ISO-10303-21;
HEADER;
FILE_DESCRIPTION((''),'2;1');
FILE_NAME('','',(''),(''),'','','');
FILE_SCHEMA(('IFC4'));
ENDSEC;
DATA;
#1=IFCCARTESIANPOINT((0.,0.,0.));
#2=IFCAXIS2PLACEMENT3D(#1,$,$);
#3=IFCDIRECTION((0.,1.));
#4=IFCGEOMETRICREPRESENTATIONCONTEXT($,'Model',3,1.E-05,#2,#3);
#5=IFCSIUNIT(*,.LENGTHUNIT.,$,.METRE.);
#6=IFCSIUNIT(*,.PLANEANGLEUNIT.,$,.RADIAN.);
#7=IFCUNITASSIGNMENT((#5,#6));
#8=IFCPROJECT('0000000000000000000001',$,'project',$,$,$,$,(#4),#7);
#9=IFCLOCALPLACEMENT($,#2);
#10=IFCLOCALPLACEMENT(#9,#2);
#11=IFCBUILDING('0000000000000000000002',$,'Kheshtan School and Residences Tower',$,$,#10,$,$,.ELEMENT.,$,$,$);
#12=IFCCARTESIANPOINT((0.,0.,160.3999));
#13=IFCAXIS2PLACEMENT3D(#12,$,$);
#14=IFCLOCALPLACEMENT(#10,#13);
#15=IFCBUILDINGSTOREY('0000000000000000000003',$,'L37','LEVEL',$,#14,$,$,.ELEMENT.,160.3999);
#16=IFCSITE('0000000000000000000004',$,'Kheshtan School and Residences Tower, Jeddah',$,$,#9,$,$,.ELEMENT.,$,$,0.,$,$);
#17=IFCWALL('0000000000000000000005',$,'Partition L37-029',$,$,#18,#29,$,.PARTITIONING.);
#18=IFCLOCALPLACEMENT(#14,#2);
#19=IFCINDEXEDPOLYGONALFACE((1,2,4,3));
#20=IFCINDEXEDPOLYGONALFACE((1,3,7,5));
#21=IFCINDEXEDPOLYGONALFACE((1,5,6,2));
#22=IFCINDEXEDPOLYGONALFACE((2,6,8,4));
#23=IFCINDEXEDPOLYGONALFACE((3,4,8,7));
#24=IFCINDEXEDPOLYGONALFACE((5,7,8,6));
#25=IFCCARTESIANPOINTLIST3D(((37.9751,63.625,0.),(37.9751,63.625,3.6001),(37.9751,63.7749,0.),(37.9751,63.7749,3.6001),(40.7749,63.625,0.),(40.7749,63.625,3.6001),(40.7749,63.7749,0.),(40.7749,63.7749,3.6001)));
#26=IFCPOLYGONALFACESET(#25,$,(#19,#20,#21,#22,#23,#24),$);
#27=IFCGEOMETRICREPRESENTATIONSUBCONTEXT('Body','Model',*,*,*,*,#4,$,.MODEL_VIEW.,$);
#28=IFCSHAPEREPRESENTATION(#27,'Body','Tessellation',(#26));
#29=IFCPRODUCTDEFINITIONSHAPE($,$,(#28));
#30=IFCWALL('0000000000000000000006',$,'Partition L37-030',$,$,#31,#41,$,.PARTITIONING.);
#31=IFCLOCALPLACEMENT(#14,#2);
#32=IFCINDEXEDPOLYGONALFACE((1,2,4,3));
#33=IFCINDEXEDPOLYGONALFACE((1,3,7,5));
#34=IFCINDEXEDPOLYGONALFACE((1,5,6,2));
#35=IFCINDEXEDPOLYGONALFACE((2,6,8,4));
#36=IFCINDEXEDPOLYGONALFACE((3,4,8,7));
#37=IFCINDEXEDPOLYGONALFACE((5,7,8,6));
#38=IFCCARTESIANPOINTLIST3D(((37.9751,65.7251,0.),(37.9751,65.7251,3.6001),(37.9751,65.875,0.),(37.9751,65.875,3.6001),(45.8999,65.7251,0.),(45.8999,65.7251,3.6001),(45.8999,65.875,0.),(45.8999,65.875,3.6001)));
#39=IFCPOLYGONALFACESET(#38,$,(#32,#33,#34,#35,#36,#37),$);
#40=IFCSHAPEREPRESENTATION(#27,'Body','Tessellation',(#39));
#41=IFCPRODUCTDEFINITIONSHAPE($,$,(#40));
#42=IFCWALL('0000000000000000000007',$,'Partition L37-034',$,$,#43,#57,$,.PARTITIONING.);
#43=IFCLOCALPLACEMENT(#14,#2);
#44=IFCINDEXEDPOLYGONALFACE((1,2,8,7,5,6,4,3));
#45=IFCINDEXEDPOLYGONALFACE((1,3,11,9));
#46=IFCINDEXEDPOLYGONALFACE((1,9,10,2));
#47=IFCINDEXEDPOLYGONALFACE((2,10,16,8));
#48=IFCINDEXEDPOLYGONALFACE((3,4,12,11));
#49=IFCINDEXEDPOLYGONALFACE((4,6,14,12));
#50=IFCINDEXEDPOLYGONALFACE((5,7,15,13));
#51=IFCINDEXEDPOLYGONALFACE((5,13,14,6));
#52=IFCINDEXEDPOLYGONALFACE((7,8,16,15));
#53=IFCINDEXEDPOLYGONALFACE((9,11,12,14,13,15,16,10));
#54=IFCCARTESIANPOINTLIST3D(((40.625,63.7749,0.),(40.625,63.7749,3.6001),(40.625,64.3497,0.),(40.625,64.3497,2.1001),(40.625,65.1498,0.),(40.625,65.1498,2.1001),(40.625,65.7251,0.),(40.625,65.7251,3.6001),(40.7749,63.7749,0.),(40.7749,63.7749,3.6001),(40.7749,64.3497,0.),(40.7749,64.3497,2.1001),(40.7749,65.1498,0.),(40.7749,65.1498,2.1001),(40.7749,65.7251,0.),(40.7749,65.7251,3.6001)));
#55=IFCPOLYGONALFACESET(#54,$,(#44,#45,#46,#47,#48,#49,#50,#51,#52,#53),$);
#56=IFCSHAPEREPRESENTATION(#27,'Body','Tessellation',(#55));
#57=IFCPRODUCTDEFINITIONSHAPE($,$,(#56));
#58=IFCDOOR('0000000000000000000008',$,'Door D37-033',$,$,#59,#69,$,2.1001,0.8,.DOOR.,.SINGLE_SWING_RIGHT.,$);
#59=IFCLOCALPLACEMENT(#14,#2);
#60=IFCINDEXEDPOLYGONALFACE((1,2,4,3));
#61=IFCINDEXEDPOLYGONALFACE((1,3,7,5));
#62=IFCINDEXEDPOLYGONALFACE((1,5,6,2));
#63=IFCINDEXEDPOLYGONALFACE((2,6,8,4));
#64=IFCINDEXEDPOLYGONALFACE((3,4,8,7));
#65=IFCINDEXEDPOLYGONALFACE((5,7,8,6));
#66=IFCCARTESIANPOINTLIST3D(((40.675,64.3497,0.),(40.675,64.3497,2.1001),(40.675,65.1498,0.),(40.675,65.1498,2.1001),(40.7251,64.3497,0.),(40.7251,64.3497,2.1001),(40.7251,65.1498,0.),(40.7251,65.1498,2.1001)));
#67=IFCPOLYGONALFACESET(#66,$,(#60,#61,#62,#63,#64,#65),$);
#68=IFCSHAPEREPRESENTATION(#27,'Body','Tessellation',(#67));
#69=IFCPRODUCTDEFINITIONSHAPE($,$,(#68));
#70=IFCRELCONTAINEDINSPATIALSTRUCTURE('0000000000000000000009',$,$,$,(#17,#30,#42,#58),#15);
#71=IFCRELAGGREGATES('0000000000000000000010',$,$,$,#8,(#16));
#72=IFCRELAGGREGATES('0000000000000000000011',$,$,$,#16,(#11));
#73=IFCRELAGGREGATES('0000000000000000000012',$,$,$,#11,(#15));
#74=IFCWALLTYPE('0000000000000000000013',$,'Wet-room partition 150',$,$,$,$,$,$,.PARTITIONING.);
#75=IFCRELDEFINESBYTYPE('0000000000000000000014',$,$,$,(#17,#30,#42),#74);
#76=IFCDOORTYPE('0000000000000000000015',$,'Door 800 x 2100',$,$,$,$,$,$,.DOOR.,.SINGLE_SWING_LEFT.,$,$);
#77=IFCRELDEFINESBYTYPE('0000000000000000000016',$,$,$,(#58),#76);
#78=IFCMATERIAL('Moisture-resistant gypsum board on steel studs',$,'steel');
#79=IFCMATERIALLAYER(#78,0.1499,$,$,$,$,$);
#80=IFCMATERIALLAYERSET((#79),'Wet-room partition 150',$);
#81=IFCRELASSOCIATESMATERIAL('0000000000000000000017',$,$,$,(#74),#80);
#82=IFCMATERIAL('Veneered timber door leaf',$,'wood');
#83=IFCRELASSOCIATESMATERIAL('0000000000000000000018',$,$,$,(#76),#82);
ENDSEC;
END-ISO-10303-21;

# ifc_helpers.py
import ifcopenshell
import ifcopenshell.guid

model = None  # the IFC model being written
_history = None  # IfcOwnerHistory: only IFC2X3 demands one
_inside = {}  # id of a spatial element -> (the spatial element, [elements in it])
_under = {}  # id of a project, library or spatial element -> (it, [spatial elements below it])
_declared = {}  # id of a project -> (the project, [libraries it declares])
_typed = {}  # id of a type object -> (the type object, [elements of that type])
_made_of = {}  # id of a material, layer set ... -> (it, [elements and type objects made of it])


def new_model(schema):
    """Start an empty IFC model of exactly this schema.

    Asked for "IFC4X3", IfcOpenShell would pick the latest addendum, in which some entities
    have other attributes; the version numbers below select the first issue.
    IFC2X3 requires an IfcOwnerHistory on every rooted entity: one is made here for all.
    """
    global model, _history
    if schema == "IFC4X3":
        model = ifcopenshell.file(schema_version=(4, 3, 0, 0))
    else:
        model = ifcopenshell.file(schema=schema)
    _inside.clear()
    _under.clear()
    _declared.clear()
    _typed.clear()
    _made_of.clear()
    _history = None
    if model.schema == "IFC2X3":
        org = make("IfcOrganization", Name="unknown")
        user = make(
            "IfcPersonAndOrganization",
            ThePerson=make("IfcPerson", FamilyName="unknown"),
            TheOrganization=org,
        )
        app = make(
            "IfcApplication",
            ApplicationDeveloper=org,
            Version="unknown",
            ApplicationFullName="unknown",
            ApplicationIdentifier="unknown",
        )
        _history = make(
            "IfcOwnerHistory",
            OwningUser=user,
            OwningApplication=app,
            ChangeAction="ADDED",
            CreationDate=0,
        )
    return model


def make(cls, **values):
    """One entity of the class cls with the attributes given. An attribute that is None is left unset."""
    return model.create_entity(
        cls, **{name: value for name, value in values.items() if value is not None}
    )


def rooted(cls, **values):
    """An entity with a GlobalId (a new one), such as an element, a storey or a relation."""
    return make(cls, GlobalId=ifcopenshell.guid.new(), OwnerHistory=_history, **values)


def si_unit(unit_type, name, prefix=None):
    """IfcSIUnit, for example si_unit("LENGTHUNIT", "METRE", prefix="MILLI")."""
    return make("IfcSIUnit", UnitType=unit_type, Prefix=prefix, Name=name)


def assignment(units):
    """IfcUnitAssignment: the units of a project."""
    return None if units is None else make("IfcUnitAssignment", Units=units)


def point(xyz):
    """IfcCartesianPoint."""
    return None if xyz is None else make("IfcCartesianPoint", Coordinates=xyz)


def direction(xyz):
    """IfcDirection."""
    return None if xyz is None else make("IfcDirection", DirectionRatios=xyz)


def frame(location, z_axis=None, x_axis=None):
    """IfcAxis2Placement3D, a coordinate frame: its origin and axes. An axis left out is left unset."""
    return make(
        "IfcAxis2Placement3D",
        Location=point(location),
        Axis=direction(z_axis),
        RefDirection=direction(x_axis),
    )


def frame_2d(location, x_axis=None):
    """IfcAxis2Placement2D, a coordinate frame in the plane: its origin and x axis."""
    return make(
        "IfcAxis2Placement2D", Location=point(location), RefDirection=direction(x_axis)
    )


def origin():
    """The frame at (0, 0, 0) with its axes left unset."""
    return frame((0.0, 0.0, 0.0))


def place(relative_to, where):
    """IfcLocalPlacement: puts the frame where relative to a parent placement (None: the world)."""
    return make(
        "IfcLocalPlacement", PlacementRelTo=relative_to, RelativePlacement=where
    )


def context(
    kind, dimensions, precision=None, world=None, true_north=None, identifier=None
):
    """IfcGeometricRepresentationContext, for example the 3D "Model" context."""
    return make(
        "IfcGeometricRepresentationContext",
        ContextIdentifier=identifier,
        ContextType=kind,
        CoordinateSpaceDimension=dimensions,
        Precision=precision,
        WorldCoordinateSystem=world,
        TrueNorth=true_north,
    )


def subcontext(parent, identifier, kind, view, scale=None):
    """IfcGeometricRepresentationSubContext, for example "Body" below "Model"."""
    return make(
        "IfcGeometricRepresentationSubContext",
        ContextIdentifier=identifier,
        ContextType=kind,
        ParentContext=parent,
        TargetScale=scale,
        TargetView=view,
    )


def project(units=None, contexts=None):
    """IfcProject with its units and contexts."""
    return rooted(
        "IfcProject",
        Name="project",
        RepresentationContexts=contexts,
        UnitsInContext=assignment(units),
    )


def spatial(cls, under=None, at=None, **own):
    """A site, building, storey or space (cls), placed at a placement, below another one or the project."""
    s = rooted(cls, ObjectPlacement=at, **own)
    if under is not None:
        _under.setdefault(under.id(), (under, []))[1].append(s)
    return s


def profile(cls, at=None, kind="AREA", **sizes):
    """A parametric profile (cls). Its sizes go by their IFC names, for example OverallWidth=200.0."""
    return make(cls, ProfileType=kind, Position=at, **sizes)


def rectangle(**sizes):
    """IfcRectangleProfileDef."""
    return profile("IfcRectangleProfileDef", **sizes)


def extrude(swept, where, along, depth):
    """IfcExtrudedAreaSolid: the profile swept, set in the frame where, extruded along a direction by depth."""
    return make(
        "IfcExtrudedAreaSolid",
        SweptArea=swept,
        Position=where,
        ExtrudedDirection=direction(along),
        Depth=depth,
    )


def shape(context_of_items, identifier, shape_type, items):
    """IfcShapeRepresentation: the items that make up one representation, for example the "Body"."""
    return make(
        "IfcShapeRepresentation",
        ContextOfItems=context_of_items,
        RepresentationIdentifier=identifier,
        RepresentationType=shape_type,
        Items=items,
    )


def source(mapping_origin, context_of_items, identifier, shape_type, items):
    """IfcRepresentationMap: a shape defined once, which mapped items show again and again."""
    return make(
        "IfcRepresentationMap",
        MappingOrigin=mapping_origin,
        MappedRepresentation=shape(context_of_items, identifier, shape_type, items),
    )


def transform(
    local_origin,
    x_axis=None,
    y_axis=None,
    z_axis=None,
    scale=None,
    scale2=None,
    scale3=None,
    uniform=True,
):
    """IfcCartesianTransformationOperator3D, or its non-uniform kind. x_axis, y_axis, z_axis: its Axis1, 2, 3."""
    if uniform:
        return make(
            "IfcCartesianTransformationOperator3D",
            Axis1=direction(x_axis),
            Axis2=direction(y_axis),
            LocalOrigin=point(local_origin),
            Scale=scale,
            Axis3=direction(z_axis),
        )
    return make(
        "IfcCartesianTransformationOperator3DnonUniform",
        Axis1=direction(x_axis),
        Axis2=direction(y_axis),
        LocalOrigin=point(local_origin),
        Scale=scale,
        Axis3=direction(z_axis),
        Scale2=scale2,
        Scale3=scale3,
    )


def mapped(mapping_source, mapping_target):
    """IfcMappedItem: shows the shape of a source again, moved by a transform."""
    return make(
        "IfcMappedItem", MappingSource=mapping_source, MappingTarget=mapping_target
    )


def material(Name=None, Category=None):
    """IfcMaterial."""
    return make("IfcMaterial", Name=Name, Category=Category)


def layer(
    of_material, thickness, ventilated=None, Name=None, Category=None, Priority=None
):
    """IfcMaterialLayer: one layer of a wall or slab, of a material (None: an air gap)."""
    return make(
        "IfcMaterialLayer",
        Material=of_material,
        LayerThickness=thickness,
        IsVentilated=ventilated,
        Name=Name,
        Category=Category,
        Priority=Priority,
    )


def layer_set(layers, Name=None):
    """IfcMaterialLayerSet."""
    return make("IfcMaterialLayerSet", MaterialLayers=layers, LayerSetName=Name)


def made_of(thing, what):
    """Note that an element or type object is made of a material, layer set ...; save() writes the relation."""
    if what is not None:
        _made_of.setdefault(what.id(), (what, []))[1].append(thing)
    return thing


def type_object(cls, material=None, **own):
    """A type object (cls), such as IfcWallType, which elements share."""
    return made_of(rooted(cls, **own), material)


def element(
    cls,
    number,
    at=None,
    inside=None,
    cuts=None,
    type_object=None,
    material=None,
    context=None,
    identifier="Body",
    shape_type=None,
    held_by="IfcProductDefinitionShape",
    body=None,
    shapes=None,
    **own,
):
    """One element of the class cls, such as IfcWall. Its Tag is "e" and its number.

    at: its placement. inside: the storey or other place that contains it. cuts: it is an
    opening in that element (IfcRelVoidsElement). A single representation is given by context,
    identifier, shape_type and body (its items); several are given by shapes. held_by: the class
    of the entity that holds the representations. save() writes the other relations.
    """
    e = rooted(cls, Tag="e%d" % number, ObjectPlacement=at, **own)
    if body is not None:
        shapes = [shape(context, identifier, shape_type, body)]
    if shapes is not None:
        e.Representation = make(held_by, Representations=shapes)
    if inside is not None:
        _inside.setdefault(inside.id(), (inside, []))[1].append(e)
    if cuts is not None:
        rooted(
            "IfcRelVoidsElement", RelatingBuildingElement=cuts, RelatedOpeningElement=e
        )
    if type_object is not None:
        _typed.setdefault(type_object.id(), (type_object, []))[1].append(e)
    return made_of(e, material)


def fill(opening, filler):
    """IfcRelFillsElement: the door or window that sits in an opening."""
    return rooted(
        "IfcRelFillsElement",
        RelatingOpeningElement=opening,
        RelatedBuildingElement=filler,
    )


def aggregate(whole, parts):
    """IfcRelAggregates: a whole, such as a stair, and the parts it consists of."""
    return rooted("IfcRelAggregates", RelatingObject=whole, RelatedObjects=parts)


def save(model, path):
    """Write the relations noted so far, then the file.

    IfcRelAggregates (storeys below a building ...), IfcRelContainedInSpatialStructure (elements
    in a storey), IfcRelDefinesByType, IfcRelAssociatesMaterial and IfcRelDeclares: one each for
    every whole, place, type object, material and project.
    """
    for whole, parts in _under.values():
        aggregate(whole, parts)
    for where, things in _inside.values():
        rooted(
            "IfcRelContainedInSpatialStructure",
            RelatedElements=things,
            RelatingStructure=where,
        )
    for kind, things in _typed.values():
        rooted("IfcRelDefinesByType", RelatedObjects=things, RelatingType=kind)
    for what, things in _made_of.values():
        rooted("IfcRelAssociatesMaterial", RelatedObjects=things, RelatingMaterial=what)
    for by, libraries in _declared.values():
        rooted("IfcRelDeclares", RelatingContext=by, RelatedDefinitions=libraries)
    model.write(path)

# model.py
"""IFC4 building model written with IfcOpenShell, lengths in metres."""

from ifc_helpers import new_model, si_unit, direction, frame, frame_2d, origin, place, context, subcontext, project, spatial, rectangle, extrude, source, transform, mapped, material, layer, layer_set, type_object, element, fill, save


model = new_model("IFC4")

# Units and contexts
model_context = context("Model", 3, precision=1e-05, world=origin(), true_north=direction((0.0, 1.0)))
body_context = subcontext(model_context, "Body", "Model", "MODEL_VIEW")
ifc_project = project(units=[si_unit("LENGTHUNIT", "METRE"), si_unit("PLANEANGLEUNIT", "RADIAN")], contexts=[model_context])

# Site, building, storey
site_placement = place(None, origin())
site = spatial("IfcSite", under=ifc_project, at=site_placement, Name="Kheshtan School and Residences Tower, Jeddah", CompositionType="ELEMENT", RefElevation=0.0)
building_placement = place(site_placement, origin())
building = spatial("IfcBuilding", under=site, at=building_placement, Name="Kheshtan School and Residences Tower", CompositionType="ELEMENT")
storey_placement = place(building_placement, frame((0.0, 0.0, 160.3999)))
storey = spatial("IfcBuildingStorey", under=building, at=storey_placement, Name="L37", Description="LEVEL", CompositionType="ELEMENT", Elevation=160.3999)

# Walls
ifc_material_1 = material(Name="Moisture-resistant gypsum board on steel studs", Category="steel")
ifc_layer_1 = layer(ifc_material_1, 0.1499)
ifc_layer_set_1 = layer_set([ifc_layer_1], Name="Wet-room partition 150")
wall_type_1 = type_object("IfcWallType", Name="Wet-room partition 150", PredefinedType="PARTITIONING", material=ifc_layer_set_1)
wall_1_placement = place(storey_placement, frame((37.9751, 63.7, 0.0), z_axis=(0.0, 0.0, 1.0), x_axis=(1.0, 0.0, 0.0)))
element("IfcWall", 1, at=wall_1_placement, inside=storey, type_object=wall_type_1, Name="Partition L37-029", PredefinedType="PARTITIONING", context=body_context, shape_type="SweptSolid", body=[
    extrude(rectangle(XDim=2.7998, YDim=0.1499, at=frame_2d((1.3999, 0.0))), origin(), (0.0, 0.0, 1.0), 3.6001),
])
wall_2_placement = place(storey_placement, frame((37.9751, 65.8, 0.0), z_axis=(0.0, 0.0, 1.0), x_axis=(1.0, 0.0, 0.0)))
element("IfcWall", 2, at=wall_2_placement, inside=storey, type_object=wall_type_1, Name="Partition L37-030", PredefinedType="PARTITIONING", context=body_context, shape_type="SweptSolid", body=[
    extrude(rectangle(XDim=7.9248, YDim=0.1499, at=frame_2d((3.9624, 0.0))), origin(), (0.0, 0.0, 1.0), 3.6001),
])

# Wall, opening, door
wall_3_placement = place(storey_placement, frame((40.7, 63.7749, 0.0), z_axis=(0.0, 0.0, 1.0), x_axis=(0.0, 1.0, 0.0)))
wall_3 = element("IfcWall", 3, at=wall_3_placement, inside=storey, type_object=wall_type_1, Name="Partition L37-034", PredefinedType="PARTITIONING", context=body_context, shape_type="SweptSolid", body=[
    extrude(rectangle(XDim=1.9502, YDim=0.1499, at=frame_2d((0.9751, 0.0))), origin(), (0.0, 0.0, 1.0), 3.6001),
])
opening_placement = place(wall_3_placement, frame((0.575, 0.0, 0.0)))
opening = element("IfcOpeningElement", 4, at=opening_placement, cuts=wall_3, PredefinedType="OPENING", context=body_context, shape_type="SweptSolid", body=[
    extrude(rectangle(XDim=0.8, YDim=2.1001, at=frame_2d((0.3999, 1.05))), frame((0.0, 0.085, 0.0), z_axis=(0.0, -1.0, 0.0), x_axis=(1.0, 0.0, 0.0)), (0.0, 0.0, 1.0), 0.1699),
])
ifc_material_2 = material(Name="Veneered timber door leaf", Category="wood")
door_type = type_object("IfcDoorType", Name="Door 800 x 2100", OperationType="SINGLE_SWING_LEFT", PredefinedType="DOOR", material=ifc_material_2)
shared_shape = source(origin(), body_context, "Body", "SweptSolid", [
    extrude(rectangle(XDim=0.8, YDim=2.1001, at=frame_2d((0.3999, 1.05))), frame((0.0, 0.0249, 0.0), z_axis=(0.0, -1.0, 0.0), x_axis=(1.0, 0.0, 0.0)), (0.0, 0.0, 1.0), 0.05),
])
door_placement = place(opening_placement, origin())
door = element("IfcDoor", 5, at=door_placement, inside=storey, type_object=door_type, Name="Door D37-033", OperationType="SINGLE_SWING_RIGHT", OverallHeight=2.1001, OverallWidth=0.8, PredefinedType="DOOR", context=body_context, shape_type="MappedRepresentation", body=[
    mapped(shared_shape, transform((0.0, 0.0, 0.0), x_axis=(1.0, 0.0, 0.0), y_axis=(0.0, 1.0, 0.0), z_axis=(0.0, 0.0, 1.0), scale=1.0)),
])
fill(opening, door)

save(model, "model.ifc")
